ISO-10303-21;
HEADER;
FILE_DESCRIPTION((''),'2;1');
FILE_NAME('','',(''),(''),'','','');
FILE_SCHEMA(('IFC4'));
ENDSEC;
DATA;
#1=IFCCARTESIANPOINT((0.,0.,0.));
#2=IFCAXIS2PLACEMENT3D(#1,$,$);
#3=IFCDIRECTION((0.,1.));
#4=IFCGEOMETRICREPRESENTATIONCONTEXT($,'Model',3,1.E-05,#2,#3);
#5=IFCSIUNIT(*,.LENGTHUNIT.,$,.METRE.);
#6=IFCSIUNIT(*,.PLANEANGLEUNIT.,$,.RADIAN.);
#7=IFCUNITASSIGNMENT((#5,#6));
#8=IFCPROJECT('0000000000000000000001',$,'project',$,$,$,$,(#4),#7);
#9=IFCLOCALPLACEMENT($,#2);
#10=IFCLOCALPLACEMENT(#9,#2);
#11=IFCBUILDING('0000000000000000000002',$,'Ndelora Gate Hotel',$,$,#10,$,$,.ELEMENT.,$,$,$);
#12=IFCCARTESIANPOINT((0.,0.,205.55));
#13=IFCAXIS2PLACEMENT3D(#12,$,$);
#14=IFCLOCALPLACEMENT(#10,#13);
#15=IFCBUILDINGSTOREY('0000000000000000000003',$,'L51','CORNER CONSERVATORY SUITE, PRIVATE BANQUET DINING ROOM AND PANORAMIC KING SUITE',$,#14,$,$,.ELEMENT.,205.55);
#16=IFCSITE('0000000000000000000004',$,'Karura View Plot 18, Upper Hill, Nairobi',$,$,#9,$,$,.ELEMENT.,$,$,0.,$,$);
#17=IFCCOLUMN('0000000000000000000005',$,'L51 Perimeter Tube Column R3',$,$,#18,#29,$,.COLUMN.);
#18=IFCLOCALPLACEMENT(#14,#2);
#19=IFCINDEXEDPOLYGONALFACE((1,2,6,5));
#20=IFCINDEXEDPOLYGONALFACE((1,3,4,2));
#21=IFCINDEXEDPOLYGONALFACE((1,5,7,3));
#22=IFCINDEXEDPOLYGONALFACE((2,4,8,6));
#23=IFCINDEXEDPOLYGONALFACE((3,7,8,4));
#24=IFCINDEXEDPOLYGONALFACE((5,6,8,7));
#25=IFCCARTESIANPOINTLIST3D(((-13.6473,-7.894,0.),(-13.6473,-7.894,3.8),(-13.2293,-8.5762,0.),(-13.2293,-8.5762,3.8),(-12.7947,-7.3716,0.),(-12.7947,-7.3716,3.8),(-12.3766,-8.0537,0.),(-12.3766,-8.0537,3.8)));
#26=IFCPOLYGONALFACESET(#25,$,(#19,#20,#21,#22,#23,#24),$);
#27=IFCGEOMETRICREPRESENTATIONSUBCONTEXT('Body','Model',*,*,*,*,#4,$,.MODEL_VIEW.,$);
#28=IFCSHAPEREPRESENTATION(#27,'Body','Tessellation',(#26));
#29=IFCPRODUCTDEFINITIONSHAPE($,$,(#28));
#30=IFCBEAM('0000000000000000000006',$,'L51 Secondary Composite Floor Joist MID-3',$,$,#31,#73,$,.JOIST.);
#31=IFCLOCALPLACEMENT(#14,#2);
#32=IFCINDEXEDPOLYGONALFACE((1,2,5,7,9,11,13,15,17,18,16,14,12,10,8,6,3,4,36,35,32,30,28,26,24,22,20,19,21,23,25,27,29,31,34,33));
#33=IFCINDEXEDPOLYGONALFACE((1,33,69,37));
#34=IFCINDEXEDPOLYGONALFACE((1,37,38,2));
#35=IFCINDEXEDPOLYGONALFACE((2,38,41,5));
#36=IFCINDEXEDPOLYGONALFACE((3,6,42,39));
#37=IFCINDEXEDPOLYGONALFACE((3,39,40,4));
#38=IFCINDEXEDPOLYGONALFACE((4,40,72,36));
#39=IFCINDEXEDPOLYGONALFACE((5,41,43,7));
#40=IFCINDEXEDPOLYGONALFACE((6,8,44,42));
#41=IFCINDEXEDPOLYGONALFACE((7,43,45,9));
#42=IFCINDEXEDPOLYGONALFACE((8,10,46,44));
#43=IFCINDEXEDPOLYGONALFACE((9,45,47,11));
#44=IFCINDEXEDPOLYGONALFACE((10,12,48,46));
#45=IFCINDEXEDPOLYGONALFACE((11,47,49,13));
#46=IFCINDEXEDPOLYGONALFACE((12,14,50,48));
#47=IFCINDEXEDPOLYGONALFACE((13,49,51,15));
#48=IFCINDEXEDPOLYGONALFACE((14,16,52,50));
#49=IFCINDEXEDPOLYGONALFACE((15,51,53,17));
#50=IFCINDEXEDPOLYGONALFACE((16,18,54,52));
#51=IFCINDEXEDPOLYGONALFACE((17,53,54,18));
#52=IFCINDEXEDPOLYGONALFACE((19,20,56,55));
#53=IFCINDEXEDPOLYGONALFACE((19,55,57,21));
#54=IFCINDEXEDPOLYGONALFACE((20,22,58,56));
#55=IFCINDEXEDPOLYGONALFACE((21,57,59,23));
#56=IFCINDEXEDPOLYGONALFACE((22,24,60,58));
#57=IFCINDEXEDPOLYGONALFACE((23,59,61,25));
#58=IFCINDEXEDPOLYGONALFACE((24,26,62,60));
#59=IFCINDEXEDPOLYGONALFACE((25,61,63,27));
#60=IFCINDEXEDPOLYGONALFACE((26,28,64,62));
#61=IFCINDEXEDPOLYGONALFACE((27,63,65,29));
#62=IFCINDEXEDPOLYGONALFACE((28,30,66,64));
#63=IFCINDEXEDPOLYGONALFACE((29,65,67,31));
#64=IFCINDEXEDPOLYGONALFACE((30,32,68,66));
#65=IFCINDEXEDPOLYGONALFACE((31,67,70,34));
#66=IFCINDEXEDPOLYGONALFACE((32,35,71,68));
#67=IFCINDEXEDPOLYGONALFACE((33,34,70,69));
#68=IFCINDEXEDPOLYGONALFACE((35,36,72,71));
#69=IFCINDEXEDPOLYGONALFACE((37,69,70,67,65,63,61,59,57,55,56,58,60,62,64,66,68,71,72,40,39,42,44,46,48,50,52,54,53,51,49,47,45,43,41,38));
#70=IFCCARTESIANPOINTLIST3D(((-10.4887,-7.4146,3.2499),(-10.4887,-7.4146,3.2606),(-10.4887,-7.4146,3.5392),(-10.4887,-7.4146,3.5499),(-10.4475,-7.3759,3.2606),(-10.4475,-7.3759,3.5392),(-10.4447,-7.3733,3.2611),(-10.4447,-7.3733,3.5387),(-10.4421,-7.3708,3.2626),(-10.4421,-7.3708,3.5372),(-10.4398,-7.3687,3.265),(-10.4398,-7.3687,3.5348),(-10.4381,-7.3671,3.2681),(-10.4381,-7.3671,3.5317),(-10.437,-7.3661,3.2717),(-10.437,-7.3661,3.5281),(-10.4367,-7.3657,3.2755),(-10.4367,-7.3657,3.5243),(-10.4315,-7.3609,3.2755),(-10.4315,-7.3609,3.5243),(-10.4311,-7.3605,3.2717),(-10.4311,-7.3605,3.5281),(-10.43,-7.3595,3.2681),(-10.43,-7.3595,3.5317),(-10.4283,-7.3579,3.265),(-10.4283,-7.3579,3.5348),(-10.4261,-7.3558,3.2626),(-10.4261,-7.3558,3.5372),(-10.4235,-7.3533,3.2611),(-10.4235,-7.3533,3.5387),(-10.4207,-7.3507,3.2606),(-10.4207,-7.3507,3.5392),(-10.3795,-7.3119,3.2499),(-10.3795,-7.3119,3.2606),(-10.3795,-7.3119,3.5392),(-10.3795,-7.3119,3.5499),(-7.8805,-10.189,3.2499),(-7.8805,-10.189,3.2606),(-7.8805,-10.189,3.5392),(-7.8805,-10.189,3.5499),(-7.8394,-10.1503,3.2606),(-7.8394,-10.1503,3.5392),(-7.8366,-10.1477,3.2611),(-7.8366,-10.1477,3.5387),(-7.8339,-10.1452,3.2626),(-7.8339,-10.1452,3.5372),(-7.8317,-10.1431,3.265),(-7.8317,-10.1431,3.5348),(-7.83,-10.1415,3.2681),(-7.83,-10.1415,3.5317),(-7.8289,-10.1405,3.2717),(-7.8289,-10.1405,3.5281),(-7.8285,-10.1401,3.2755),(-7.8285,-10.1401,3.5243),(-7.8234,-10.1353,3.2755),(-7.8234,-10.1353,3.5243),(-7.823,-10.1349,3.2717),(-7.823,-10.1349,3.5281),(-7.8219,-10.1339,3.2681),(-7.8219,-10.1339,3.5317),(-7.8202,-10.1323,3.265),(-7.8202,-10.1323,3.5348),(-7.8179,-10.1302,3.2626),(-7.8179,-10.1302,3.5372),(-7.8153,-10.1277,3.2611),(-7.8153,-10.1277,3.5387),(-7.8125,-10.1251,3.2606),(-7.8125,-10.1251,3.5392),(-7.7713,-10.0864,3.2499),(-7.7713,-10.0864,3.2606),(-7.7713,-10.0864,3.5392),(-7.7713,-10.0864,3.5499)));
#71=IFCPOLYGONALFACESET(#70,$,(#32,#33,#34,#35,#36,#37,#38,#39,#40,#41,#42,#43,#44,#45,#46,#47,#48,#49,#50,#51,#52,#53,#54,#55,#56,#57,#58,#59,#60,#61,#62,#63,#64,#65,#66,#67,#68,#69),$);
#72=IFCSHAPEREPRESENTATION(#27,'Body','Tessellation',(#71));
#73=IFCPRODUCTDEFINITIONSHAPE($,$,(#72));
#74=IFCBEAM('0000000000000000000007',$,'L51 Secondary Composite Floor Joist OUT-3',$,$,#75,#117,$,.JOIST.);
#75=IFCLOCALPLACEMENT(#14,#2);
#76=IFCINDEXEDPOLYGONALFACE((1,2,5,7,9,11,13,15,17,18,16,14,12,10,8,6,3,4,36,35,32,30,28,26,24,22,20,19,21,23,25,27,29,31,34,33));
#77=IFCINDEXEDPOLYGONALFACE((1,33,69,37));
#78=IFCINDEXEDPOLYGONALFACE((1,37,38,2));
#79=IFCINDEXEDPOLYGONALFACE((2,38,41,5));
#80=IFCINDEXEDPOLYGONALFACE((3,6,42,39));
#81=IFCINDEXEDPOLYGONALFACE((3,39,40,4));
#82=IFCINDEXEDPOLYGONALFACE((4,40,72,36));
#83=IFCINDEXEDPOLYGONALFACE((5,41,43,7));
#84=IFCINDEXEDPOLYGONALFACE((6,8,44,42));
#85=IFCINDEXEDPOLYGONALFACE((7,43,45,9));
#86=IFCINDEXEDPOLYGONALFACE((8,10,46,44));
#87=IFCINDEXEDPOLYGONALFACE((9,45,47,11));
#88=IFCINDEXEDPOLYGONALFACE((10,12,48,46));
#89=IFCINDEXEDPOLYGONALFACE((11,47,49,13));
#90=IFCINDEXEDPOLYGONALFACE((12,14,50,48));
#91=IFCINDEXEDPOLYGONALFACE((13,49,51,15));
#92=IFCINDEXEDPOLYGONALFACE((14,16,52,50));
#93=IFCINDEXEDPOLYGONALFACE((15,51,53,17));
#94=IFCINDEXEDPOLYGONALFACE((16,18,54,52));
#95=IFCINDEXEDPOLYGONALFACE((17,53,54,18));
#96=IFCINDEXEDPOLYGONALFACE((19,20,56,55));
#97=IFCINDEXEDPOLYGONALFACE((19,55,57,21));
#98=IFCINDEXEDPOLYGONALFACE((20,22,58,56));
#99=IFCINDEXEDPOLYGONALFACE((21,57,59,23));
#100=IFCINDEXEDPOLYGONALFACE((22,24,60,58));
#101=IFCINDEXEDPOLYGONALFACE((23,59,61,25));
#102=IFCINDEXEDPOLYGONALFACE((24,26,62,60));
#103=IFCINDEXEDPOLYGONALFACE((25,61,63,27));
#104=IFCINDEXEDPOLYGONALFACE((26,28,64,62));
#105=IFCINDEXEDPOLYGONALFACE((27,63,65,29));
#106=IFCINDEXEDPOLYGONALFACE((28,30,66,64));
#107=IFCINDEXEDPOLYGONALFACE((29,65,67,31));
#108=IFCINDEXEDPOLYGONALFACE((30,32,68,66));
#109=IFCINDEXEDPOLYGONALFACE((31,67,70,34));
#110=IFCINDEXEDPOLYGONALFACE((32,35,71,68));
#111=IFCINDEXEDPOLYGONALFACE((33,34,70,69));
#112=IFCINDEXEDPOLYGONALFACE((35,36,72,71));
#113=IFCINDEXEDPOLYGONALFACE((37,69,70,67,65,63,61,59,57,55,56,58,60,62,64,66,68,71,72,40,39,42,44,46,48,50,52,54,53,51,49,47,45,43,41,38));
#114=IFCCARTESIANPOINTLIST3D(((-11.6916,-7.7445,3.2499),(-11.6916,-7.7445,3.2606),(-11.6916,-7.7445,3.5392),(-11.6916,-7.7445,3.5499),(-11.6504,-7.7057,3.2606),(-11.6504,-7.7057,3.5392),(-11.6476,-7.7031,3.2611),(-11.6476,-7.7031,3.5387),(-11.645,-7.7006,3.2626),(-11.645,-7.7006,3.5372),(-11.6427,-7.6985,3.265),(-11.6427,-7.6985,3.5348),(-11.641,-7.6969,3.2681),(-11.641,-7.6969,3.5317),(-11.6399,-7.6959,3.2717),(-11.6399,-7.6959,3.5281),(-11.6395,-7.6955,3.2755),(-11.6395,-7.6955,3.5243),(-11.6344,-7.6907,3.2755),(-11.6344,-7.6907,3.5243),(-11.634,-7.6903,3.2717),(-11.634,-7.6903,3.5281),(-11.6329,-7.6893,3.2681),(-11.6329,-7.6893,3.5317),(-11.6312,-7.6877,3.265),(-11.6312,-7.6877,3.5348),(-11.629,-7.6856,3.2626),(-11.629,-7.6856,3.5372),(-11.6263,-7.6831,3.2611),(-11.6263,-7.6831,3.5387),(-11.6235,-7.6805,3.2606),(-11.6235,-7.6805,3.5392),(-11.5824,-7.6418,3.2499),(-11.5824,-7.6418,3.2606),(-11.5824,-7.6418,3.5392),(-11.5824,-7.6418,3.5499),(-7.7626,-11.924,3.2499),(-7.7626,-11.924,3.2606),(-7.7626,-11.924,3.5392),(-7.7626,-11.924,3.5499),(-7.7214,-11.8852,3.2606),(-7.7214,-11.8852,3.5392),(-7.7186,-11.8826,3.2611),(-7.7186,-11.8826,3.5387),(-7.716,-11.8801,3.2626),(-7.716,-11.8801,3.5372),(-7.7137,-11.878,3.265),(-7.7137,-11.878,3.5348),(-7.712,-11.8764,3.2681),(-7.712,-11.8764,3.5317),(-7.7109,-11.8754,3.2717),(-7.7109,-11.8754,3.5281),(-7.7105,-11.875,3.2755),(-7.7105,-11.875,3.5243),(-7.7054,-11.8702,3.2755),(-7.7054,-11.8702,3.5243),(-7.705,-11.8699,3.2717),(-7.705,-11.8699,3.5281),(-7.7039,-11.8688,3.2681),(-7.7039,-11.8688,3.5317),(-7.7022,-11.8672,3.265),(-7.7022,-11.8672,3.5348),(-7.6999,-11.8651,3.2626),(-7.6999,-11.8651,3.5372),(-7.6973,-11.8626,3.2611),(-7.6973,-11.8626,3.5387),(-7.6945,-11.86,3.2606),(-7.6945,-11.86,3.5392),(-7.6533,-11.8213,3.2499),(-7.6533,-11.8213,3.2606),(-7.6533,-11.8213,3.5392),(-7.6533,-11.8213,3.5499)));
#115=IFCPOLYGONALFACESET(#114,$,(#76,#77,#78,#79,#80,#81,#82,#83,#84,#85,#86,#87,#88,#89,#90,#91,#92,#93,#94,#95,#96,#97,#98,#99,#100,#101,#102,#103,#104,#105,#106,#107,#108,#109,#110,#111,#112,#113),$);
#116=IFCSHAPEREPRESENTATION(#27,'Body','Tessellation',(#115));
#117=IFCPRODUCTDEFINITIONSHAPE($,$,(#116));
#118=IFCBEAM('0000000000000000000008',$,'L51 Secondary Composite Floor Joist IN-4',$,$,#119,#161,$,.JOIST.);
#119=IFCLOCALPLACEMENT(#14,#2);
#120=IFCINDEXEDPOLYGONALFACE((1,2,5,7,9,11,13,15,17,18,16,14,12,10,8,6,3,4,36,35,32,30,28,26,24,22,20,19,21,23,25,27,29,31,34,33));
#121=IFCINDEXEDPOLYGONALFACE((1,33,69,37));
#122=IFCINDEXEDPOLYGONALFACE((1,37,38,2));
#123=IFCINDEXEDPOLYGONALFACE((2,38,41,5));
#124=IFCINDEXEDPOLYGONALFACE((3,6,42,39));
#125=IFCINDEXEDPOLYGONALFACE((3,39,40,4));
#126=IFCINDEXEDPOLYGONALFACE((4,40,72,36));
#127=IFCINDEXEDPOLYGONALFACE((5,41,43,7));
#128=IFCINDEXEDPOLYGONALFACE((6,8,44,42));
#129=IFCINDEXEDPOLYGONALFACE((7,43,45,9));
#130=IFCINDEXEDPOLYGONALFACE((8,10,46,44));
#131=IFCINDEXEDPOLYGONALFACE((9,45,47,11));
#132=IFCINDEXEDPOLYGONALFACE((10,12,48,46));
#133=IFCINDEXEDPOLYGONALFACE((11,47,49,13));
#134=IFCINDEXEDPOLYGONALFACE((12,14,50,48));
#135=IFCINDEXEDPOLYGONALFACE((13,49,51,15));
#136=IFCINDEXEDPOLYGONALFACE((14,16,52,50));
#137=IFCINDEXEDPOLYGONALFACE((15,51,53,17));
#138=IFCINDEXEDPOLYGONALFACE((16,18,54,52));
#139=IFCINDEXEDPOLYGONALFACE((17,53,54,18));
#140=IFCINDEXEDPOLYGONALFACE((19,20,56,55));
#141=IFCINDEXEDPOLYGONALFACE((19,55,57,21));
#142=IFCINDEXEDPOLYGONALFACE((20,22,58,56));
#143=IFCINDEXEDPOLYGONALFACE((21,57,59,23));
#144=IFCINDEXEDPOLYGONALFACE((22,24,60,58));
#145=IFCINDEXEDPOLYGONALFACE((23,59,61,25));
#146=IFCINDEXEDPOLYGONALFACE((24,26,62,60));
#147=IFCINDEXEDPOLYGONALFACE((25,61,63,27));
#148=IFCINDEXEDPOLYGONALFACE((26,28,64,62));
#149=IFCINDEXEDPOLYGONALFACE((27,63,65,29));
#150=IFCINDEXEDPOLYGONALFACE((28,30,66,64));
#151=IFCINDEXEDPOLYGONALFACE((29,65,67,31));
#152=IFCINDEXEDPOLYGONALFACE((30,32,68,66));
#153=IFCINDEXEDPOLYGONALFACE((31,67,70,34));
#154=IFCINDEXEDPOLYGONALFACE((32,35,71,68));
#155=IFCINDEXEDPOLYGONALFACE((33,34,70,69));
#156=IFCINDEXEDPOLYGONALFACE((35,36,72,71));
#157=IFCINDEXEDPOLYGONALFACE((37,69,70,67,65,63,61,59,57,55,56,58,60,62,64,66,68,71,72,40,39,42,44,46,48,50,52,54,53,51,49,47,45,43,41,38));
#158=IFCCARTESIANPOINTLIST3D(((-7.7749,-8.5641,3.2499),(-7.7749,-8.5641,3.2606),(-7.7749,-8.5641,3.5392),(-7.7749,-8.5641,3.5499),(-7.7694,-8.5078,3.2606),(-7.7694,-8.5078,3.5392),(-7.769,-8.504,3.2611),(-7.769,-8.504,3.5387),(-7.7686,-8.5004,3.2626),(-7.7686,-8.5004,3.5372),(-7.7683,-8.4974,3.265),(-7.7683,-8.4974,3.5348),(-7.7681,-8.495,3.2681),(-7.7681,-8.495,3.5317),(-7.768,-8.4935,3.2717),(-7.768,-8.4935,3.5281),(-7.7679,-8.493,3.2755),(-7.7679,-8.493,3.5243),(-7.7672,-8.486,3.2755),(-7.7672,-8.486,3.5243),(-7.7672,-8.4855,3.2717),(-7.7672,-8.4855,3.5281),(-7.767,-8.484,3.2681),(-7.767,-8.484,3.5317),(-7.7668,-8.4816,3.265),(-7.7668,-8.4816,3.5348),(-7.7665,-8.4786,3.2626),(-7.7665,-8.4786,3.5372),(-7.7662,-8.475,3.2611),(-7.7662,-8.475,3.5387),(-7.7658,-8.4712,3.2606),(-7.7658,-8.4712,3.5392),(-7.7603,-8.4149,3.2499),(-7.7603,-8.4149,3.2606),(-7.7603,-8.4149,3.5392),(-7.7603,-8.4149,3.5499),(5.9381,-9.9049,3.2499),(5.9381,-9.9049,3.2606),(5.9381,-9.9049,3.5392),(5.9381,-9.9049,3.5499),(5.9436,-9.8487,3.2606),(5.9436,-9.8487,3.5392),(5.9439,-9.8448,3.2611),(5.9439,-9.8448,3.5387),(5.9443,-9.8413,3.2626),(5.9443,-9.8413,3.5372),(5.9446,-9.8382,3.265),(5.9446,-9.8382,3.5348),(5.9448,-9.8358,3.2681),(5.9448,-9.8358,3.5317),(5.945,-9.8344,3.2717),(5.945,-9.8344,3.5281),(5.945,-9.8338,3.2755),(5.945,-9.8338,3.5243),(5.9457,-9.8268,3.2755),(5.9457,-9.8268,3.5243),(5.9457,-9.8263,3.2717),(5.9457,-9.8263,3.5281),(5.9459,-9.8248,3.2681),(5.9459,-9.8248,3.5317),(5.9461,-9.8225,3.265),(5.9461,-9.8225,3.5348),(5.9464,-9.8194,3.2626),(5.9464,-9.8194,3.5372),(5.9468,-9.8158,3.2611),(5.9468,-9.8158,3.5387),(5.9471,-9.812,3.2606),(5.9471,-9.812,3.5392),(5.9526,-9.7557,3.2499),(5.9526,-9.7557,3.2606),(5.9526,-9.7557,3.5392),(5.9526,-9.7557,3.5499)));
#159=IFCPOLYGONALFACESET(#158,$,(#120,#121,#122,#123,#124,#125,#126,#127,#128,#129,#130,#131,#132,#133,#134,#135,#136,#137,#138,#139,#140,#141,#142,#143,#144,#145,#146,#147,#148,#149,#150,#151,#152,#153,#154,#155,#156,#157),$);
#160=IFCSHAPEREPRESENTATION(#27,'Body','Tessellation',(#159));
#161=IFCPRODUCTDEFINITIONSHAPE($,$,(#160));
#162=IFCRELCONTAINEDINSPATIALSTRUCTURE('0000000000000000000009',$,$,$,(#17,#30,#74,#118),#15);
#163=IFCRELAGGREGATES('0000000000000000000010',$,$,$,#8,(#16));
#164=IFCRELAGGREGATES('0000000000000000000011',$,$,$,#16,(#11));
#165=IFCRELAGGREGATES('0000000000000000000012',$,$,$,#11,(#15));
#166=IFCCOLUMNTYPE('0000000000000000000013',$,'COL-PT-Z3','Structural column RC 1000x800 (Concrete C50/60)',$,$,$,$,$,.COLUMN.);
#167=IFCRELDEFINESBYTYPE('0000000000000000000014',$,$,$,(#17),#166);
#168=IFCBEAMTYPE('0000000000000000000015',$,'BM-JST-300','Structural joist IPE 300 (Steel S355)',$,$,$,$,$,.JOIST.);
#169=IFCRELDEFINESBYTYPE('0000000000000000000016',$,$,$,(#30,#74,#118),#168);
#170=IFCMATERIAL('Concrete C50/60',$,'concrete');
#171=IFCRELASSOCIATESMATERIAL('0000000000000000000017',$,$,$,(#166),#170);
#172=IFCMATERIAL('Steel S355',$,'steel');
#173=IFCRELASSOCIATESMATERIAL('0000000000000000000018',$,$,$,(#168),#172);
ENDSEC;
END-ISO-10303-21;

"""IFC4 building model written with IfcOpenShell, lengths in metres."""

from ifc_helpers import new_model, si_unit, direction, frame, origin, origin_2d, place, context, subcontext, project, spatial, rectangle, i_section, extrude, material, material_profile, profile_set, type_object, element, save


model = new_model("IFC4")

# Units and contexts
model_context = context("Model", 3, precision=1e-05, world=origin(), true_north=direction((0.0, 1.0)))
body_context = subcontext(model_context, "Body", "Model", "MODEL_VIEW")
ifc_project = project(units=[si_unit("LENGTHUNIT", "METRE"), si_unit("PLANEANGLEUNIT", "RADIAN")], contexts=[model_context])

# Site, building, storey
site_placement = place(None, origin())
site = spatial("IfcSite", under=ifc_project, at=site_placement, Name="Karura View Plot 18, Upper Hill, Nairobi", CompositionType="ELEMENT", RefElevation=0.0)
building_placement = place(site_placement, origin())
building = spatial("IfcBuilding", under=site, at=building_placement, Name="Ndelora Gate Hotel", CompositionType="ELEMENT")
storey_placement = place(building_placement, frame((0.0, 0.0, 205.55)))
storey = spatial("IfcBuildingStorey", under=building, at=storey_placement, Name="L51", Description="CORNER CONSERVATORY SUITE, PRIVATE BANQUET DINING ROOM AND PANORAMIC KING SUITE", CompositionType="ELEMENT", Elevation=205.55)

# Column
ifc_material_1 = material(Name="Concrete C50/60", Category="concrete")
ifc_material_profile_1 = material_profile(ifc_material_1, rectangle(XDim=0.8, YDim=1.0, at=origin_2d()), Name="RC 1000x800")
ifc_profile_set_1 = profile_set([ifc_material_profile_1], Name="Concrete C50/60")
column_type = type_object("IfcColumnType", Name="COL-PT-Z3", Description="Structural column RC 1000x800 (Concrete C50/60)", PredefinedType="COLUMN", material=ifc_profile_set_1)
column_placement = place(storey_placement, frame((-13.012, -7.9739, 0.0), z_axis=(0.0, 0.0, 1.0), x_axis=(-0.522499, 0.85264, 0.0)))
element("IfcColumn", 1, at=column_placement, inside=storey, type_object=column_type, Name="L51 Perimeter Tube Column R3", PredefinedType="COLUMN", context=body_context, shape_type="SweptSolid", body=[
    extrude(rectangle(XDim=0.8, YDim=1.0, at=origin_2d()), origin(), (0.0, 0.0, 1.0), 3.8),
])

# Beams
ifc_material_2 = material(Name="Steel S355", Category="steel")
ifc_material_profile_2 = material_profile(ifc_material_2, i_section(OverallWidth=0.1499, OverallDepth=0.3, WebThickness=0.0071, FlangeThickness=0.0107, FilletRadius=0.0149, at=origin_2d()), Name="IPE 300")
ifc_profile_set_2 = profile_set([ifc_material_profile_2], Name="Steel S355")
beam_type_1 = type_object("IfcBeamType", Name="BM-JST-300", Description="Structural joist IPE 300 (Steel S355)", PredefinedType="JOIST", material=ifc_profile_set_2)
beam_1_placement = place(storey_placement, frame((-10.4341, -7.3633, 3.3999), z_axis=(0.684939, -0.728601, 0.0), x_axis=(0.728601, 0.684939, 0.0)))
element("IfcBeam", 2, at=beam_1_placement, inside=storey, type_object=beam_type_1, Name="L51 Secondary Composite Floor Joist MID-3", PredefinedType="JOIST", context=body_context, shape_type="SweptSolid", body=[
    extrude(i_section(OverallWidth=0.1499, OverallDepth=0.3, WebThickness=0.0071, FlangeThickness=0.0107, FilletRadius=0.0149, at=origin_2d()), origin(), (0.0, 0.0, 1.0), 3.8079),
])
beam_2_placement = place(storey_placement, frame((-11.637, -7.6931, 3.3999), z_axis=(0.684936, -0.728603, 0.0), x_axis=(0.728603, 0.684936, 0.0)))
element("IfcBeam", 3, at=beam_2_placement, inside=storey, type_object=beam_type_1, Name="L51 Secondary Composite Floor Joist OUT-3", PredefinedType="JOIST", context=body_context, shape_type="SweptSolid", body=[
    extrude(i_section(OverallWidth=0.1499, OverallDepth=0.3, WebThickness=0.0071, FlangeThickness=0.0107, FilletRadius=0.0149, at=origin_2d()), origin(), (0.0, 0.0, 1.0), 5.7363),
])
beam_3_placement = place(storey_placement, frame((-7.7676, -8.4895, 3.3999), z_axis=(0.995254, -0.097314, 0.0), x_axis=(0.097314, 0.995254, 0.0)))
element("IfcBeam", 4, at=beam_3_placement, inside=storey, type_object=beam_type_1, Name="L51 Secondary Composite Floor Joist IN-4", PredefinedType="JOIST", context=body_context, shape_type="SweptSolid", body=[
    extrude(i_section(OverallWidth=0.1499, OverallDepth=0.3, WebThickness=0.0071, FlangeThickness=0.0107, FilletRadius=0.0149, at=origin_2d()), origin(), (0.0, 0.0, 1.0), 13.7783),
])

save(model, "model.ifc")
